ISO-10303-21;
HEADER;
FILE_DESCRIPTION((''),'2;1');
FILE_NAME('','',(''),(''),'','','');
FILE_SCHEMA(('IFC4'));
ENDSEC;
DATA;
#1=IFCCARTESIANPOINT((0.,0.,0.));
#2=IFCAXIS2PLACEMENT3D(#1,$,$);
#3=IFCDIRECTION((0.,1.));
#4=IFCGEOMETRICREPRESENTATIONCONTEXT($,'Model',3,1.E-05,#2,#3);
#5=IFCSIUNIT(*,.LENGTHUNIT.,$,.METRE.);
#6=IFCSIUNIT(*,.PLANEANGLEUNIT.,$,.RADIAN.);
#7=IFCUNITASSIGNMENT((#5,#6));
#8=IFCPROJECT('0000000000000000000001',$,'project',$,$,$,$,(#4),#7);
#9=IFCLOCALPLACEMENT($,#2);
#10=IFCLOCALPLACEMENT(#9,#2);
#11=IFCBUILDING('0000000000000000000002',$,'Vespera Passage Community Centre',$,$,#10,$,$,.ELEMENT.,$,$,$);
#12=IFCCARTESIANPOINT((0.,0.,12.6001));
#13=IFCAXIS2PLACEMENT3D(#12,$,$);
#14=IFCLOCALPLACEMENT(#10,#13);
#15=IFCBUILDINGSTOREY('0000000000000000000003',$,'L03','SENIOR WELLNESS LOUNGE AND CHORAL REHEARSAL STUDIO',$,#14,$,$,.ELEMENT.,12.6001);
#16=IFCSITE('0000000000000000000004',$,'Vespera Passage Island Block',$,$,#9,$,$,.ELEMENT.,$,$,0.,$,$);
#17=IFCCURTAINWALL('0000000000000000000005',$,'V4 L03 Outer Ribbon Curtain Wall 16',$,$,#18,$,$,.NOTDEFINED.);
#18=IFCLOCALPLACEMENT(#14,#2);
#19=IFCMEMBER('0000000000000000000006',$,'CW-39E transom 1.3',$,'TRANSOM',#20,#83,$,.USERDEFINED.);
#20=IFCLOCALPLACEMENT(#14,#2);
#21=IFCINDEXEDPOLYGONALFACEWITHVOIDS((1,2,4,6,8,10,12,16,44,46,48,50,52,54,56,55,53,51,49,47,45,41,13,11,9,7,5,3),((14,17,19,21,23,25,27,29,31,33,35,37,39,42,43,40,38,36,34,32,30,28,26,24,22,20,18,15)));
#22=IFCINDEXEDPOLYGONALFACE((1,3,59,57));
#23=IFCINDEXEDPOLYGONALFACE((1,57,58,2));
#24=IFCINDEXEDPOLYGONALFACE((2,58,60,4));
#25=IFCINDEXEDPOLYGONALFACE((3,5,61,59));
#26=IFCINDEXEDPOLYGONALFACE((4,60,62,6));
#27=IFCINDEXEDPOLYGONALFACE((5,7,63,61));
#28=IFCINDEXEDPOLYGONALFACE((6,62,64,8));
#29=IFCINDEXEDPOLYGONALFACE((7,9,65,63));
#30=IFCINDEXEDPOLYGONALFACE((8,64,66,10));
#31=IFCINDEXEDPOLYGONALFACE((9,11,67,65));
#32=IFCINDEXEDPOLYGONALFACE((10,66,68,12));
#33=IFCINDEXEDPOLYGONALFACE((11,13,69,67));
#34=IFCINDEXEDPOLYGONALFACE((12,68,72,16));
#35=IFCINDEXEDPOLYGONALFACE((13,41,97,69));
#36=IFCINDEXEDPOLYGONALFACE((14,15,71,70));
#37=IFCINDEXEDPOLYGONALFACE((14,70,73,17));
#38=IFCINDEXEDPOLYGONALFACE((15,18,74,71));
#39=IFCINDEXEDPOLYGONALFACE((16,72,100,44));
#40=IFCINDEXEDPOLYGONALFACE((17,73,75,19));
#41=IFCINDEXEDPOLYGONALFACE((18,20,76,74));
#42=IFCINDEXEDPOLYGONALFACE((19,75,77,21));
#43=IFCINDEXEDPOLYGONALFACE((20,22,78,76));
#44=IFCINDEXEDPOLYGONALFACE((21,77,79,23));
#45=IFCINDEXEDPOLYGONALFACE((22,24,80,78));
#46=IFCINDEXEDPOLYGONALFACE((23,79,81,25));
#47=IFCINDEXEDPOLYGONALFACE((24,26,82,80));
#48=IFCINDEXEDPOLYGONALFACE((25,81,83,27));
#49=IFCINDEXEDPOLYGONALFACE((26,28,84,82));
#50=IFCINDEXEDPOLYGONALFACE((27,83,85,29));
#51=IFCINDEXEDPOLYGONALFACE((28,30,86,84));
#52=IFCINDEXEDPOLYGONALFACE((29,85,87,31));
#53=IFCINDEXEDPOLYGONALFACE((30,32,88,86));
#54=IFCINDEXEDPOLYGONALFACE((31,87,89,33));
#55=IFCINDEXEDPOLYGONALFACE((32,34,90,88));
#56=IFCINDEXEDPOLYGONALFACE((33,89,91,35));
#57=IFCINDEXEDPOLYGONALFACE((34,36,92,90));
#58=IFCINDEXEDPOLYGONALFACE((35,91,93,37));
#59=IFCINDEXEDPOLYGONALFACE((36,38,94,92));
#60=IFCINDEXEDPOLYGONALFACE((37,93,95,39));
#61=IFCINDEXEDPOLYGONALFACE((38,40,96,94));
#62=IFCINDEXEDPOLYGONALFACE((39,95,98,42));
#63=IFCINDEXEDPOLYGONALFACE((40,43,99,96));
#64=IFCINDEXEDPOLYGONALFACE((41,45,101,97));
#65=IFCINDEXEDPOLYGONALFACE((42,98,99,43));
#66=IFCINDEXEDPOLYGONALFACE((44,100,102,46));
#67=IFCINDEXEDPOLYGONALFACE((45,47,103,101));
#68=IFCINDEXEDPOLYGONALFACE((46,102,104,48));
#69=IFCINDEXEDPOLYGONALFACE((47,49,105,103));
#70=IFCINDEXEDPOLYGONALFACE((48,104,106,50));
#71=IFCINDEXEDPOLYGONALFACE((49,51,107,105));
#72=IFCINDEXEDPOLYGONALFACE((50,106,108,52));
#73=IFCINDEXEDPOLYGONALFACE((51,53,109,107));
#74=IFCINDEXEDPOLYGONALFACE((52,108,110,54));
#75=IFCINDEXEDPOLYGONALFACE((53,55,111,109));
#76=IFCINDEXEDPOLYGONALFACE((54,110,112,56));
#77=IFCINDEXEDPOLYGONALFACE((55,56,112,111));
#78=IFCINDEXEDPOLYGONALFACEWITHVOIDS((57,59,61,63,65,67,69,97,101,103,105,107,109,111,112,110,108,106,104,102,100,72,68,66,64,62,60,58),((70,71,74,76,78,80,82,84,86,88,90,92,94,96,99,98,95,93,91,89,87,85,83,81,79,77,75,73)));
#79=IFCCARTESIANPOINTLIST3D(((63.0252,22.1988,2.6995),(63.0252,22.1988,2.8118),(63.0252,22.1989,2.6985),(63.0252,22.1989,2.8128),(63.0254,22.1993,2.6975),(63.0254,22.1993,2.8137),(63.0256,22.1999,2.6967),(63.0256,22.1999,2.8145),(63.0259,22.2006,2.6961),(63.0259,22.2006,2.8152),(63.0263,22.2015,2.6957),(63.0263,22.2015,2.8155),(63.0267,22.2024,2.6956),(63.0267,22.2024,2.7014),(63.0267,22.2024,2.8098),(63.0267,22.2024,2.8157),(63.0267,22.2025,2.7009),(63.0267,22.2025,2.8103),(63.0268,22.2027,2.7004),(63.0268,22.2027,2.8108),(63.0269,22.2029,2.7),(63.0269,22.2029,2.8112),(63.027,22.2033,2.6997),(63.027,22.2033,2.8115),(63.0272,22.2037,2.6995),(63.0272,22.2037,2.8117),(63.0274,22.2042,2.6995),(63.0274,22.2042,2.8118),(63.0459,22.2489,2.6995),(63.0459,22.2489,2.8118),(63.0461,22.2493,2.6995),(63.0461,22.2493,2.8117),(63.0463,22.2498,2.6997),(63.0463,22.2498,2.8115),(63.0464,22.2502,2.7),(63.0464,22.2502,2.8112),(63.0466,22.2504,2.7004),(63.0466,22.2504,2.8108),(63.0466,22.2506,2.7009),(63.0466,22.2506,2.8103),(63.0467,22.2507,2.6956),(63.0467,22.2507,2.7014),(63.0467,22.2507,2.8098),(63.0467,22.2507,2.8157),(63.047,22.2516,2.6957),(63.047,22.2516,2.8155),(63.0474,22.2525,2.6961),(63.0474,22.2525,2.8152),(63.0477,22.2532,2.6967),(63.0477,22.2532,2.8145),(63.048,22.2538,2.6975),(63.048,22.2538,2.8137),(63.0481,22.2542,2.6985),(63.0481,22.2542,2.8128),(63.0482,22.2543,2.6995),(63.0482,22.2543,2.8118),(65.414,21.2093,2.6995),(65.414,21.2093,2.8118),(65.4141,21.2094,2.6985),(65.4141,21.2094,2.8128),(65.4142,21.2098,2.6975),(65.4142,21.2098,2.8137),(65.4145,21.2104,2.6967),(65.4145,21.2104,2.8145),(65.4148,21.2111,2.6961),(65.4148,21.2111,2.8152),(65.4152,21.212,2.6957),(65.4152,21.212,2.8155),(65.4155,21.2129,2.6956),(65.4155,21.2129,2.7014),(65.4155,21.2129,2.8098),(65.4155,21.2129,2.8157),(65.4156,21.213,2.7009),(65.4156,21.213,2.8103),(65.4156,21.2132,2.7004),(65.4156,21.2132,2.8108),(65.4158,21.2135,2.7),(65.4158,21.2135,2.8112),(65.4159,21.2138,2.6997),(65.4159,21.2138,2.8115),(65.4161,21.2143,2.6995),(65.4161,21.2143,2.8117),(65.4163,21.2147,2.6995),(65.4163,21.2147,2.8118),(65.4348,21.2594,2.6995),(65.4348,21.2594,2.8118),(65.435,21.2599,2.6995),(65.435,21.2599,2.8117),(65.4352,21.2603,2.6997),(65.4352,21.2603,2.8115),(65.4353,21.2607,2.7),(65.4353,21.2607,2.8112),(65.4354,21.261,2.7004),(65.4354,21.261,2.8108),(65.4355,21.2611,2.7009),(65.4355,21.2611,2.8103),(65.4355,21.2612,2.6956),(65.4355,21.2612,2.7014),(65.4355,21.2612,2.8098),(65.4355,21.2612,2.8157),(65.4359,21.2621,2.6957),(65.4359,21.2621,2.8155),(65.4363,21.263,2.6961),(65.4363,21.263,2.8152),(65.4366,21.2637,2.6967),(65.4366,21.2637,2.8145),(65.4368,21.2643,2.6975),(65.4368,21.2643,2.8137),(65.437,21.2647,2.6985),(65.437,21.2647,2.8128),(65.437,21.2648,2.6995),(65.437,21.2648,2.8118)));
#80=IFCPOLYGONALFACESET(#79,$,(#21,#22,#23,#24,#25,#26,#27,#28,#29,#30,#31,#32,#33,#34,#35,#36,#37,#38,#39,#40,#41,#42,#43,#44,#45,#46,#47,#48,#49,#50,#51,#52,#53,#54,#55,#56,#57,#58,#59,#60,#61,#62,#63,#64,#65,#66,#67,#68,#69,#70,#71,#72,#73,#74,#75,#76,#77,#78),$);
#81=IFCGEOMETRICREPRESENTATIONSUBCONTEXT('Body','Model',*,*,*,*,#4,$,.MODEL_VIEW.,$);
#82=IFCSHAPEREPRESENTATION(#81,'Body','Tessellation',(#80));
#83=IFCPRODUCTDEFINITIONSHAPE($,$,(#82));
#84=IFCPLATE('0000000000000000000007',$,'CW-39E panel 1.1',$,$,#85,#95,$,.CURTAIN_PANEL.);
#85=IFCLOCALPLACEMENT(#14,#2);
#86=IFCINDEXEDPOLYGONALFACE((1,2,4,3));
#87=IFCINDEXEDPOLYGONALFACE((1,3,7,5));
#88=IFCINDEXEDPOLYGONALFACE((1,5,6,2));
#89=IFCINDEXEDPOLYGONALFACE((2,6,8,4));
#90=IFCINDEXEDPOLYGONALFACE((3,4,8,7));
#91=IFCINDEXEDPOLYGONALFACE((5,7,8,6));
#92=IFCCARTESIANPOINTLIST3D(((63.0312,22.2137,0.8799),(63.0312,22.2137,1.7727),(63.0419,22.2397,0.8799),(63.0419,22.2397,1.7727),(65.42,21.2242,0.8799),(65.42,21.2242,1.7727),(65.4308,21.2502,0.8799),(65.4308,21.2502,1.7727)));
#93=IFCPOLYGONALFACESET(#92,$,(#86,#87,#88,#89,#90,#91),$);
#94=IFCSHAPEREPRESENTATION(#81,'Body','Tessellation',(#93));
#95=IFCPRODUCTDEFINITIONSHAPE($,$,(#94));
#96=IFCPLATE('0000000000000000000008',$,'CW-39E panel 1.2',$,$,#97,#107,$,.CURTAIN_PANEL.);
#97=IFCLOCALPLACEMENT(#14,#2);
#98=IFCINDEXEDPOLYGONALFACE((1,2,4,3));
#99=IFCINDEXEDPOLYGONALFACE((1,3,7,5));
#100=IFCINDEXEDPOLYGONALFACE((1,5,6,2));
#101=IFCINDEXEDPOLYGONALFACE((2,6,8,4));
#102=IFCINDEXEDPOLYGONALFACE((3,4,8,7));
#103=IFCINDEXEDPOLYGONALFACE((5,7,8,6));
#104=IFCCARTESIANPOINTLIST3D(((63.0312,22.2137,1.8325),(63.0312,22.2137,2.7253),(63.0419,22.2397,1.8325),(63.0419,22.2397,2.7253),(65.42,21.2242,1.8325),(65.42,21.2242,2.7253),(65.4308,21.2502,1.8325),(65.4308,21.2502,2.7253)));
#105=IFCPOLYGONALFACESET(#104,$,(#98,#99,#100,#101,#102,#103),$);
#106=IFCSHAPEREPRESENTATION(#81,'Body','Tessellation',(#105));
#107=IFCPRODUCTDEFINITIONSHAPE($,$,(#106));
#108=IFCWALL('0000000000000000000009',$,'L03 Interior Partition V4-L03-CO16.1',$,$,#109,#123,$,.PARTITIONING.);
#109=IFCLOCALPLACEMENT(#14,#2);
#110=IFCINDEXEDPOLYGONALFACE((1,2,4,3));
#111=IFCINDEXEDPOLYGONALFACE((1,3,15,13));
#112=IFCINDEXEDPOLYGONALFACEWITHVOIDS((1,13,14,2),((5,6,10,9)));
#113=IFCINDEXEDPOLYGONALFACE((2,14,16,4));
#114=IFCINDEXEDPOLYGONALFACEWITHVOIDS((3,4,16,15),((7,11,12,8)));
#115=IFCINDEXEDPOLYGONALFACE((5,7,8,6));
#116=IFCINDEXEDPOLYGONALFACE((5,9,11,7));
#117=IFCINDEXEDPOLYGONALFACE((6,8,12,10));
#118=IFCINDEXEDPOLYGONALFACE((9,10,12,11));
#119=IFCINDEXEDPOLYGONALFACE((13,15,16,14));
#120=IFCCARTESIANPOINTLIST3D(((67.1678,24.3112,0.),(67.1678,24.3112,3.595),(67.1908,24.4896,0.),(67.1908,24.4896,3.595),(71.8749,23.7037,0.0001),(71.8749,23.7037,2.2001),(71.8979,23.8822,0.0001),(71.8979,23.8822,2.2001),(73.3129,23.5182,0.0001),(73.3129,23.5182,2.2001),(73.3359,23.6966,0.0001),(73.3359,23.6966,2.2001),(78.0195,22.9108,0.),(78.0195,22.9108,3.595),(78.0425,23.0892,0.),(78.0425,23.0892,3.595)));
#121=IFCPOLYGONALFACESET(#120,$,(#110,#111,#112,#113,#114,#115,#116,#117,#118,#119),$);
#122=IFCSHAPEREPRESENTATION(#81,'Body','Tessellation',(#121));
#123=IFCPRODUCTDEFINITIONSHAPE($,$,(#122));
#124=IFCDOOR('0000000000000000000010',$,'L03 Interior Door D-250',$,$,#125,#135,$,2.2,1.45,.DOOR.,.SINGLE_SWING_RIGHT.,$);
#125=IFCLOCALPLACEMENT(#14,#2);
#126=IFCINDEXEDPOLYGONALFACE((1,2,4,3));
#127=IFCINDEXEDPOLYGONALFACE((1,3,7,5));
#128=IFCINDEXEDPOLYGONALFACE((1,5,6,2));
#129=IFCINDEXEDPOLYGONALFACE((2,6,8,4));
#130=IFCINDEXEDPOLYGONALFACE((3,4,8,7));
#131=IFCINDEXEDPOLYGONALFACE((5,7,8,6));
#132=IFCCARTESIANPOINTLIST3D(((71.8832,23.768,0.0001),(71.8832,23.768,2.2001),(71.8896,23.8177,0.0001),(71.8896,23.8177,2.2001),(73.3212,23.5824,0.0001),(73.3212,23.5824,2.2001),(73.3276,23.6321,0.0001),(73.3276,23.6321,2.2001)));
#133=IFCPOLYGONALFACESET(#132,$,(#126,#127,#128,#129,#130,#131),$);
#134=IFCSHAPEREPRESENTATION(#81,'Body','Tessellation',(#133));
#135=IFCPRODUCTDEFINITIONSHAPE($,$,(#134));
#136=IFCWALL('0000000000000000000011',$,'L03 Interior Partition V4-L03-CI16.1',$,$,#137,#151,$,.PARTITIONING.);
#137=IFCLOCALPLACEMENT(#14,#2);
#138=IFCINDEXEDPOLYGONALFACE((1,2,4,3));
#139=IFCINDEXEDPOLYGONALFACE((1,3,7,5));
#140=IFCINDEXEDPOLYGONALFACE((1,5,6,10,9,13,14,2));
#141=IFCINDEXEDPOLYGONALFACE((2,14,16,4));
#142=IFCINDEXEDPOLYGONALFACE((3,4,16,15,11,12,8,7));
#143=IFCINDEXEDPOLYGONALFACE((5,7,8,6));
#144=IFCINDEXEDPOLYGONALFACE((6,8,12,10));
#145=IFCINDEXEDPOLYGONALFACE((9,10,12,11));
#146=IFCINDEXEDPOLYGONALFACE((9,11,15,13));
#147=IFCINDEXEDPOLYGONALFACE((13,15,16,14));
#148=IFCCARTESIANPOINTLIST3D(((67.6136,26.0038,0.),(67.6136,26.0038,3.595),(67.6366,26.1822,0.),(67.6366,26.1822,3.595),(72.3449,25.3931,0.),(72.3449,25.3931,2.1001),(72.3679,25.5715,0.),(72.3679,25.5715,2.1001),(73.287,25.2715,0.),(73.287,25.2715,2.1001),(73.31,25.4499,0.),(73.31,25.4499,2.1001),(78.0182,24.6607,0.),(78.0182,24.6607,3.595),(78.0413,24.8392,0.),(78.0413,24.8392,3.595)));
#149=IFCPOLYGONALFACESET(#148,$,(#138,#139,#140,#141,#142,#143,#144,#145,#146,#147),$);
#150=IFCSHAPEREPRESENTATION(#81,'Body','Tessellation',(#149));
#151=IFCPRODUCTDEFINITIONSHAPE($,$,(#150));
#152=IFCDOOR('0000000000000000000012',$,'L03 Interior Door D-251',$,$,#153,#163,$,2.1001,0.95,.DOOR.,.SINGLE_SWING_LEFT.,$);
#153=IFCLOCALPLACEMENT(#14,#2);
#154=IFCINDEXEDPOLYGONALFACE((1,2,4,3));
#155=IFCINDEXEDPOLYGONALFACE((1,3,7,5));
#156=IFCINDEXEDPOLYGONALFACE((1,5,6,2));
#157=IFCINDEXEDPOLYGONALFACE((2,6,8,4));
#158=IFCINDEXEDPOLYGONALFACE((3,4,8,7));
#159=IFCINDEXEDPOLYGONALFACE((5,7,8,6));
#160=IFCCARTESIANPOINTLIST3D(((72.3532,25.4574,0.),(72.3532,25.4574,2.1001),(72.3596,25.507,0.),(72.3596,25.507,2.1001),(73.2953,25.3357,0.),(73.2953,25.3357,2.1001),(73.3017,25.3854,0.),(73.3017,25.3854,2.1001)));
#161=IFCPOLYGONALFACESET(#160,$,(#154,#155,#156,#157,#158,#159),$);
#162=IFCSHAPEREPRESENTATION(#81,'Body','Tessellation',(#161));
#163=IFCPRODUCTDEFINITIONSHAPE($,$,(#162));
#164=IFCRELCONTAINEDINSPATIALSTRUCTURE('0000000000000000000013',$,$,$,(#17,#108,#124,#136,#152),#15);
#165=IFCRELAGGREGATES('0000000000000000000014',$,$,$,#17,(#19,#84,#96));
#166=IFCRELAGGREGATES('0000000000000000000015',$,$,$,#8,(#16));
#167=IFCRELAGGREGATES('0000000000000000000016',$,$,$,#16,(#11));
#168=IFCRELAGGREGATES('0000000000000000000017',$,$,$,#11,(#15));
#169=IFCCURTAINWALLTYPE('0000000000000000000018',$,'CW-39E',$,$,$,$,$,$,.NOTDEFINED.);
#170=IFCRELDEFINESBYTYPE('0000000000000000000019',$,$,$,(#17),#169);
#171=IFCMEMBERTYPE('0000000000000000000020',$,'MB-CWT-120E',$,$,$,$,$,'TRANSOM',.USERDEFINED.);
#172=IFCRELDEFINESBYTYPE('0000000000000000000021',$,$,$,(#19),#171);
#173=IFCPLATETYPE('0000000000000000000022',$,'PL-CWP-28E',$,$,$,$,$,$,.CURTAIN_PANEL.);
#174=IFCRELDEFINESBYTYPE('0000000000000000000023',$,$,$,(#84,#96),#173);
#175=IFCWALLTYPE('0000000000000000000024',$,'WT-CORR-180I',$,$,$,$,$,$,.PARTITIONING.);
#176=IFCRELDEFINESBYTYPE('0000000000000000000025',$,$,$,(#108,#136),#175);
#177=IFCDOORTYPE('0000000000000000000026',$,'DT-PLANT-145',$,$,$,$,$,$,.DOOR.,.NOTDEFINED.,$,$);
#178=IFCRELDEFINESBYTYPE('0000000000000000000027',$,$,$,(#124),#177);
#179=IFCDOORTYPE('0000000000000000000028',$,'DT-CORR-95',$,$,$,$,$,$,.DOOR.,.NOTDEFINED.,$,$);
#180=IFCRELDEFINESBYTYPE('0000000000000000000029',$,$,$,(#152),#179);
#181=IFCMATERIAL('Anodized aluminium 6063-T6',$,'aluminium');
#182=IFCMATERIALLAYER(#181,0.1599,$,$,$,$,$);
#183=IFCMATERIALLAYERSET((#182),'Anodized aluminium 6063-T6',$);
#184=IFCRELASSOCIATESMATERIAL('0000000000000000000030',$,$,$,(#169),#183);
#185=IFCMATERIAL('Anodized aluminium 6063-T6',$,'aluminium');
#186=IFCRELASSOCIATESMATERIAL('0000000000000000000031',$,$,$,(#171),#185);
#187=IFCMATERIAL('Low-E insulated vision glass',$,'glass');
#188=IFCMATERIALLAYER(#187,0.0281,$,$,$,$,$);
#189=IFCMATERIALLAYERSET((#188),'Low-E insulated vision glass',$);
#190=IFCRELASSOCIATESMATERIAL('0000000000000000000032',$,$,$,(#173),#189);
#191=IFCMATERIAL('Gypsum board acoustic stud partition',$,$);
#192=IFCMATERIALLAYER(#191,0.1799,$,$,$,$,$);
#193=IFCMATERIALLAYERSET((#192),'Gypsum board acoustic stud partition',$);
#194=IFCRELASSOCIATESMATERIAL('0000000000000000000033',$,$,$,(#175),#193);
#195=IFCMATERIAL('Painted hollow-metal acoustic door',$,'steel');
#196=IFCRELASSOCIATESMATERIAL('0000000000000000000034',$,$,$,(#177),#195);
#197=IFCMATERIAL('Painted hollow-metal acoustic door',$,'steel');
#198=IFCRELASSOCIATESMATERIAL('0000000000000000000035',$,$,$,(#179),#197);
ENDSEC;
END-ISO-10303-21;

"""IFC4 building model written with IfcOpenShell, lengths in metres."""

from ifc_helpers import new_model, si_unit, direction, frame, frame_2d, origin, origin_2d, place, context, subcontext, project, spatial, rectangle, hollow_rectangle, extrude, material, layer, layer_set, material_profile, profile_set, type_object, element, fill, aggregate, save


model = new_model("IFC4")

# Units and contexts
model_context = context("Model", 3, precision=1e-05, world=origin(), true_north=direction((0.0, 1.0)))
body_context = subcontext(model_context, "Body", "Model", "MODEL_VIEW")
ifc_project = project(units=[si_unit("LENGTHUNIT", "METRE"), si_unit("PLANEANGLEUNIT", "RADIAN")], contexts=[model_context])

# Site, building, storey
site_placement = place(None, origin())
site = spatial("IfcSite", under=ifc_project, at=site_placement, Name="Vespera Passage Island Block", CompositionType="ELEMENT", RefElevation=0.0)
building_placement = place(site_placement, origin())
building = spatial("IfcBuilding", under=site, at=building_placement, Name="Vespera Passage Community Centre", CompositionType="ELEMENT")
storey_placement = place(building_placement, frame((0.0, 0.0, 12.6001)))
storey = spatial("IfcBuildingStorey", under=building, at=storey_placement, Name="L03", Description="SENIOR WELLNESS LOUNGE AND CHORAL REHEARSAL STUDIO", CompositionType="ELEMENT", Elevation=12.6001)

# Curtain wall, member, plates
ifc_material_1 = material(Name="Anodized aluminium 6063-T6", Category="aluminium")
ifc_layer_1 = layer(ifc_material_1, 0.1599)
ifc_layer_set_1 = layer_set([ifc_layer_1], Name="Anodized aluminium 6063-T6")
curtain_wall_type = type_object("IfcCurtainWallType", Name="CW-39E", PredefinedType="NOTDEFINED", material=ifc_layer_set_1)
curtain_wall_placement = place(storey_placement, origin())
curtain_wall = element("IfcCurtainWall", 1, at=curtain_wall_placement, inside=storey, type_object=curtain_wall_type, Name="V4 L03 Outer Ribbon Curtain Wall 16", PredefinedType="NOTDEFINED")
ifc_material_2 = material(Name="Anodized aluminium 6063-T6", Category="aluminium")
ifc_material_profile_1 = material_profile(ifc_material_2, hollow_rectangle(XDim=0.0601, YDim=0.1201, WallThickness=0.0039, InnerFilletRadius=0.002, OuterFilletRadius=0.0039, at=origin_2d()), Name="ALU120X60X4")
ifc_profile_set_1 = profile_set([ifc_material_profile_1], Name="Anodized aluminium 6063-T6")
member_type_1 = type_object("IfcMemberType", Name="MB-CWT-120E", ElementType="TRANSOM", PredefinedType="USERDEFINED", material=ifc_profile_set_1)
member_1_placement = place(storey_placement, frame((65.4255, 21.2371, 2.7556), z_axis=(-0.923882, 0.382677, 0.0), x_axis=(-0.382677, -0.923882, 0.0)))
member_1 = element("IfcMember", 2, at=member_1_placement, type_object=member_type_1, Name="CW-39E transom 1.3", ObjectType="TRANSOM", PredefinedType="USERDEFINED", context=body_context, shape_type="SweptSolid", body=[
    extrude(hollow_rectangle(XDim=0.0601, YDim=0.1201, WallThickness=0.0039, InnerFilletRadius=0.002, OuterFilletRadius=0.0039, at=origin_2d()), origin(), (0.0, 0.0, 1.0), 2.5857),
])
ifc_material_3 = material(Name="Low-E insulated vision glass", Category="glass")
ifc_layer_2 = layer(ifc_material_3, 0.0281)
ifc_layer_set_2 = layer_set([ifc_layer_2], Name="Low-E insulated vision glass")
plate_type = type_object("IfcPlateType", Name="PL-CWP-28E", PredefinedType="CURTAIN_PANEL", material=ifc_layer_set_2)
plate_1_placement = place(storey_placement, frame((64.231, 21.7319, 0.8799), z_axis=(0.0, 0.0, 1.0), x_axis=(-0.92388, 0.382683, 0.0)))
plate_1 = element("IfcPlate", 3, at=plate_1_placement, type_object=plate_type, Name="CW-39E panel 1.1", PredefinedType="CURTAIN_PANEL", context=body_context, shape_type="SweptSolid", body=[
    extrude(rectangle(XDim=2.5857, YDim=0.0281, at=origin_2d()), origin(), (0.0, 0.0, 1.0), 0.8928),
])
plate_2_placement = place(storey_placement, frame((64.231, 21.7319, 1.8325), z_axis=(0.0, 0.0, 1.0), x_axis=(-0.92388, 0.382683, 0.0)))
plate_2 = element("IfcPlate", 4, at=plate_2_placement, type_object=plate_type, Name="CW-39E panel 1.2", PredefinedType="CURTAIN_PANEL", context=body_context, shape_type="SweptSolid", body=[
    extrude(rectangle(XDim=2.5857, YDim=0.0281, at=origin_2d()), origin(), (0.0, 0.0, 1.0), 0.8928),
])
aggregate(curtain_wall, [member_1, plate_1, plate_2])

# Walls, openings, doors
ifc_material_4 = material(Name="Gypsum board acoustic stud partition")
ifc_layer_3 = layer(ifc_material_4, 0.1799)
ifc_layer_set_3 = layer_set([ifc_layer_3], Name="Gypsum board acoustic stud partition")
wall_type_1 = type_object("IfcWallType", Name="WT-CORR-180I", PredefinedType="PARTITIONING", material=ifc_layer_set_3)
wall_1_placement = place(storey_placement, frame((67.1794, 24.4004, 0.0), z_axis=(0.0, 0.0, 1.0), x_axis=(0.991776, -0.127988, 0.0)))
wall_1 = element("IfcWall", 5, at=wall_1_placement, inside=storey, type_object=wall_type_1, Name="L03 Interior Partition V4-L03-CO16.1", PredefinedType="PARTITIONING", context=body_context, shape_type="SweptSolid", body=[
    extrude(rectangle(XDim=10.9417, YDim=0.1799, at=frame_2d((5.4707, 0.0))), origin(), (0.0, 0.0, 1.0), 3.595),
])
opening_1_placement = place(wall_1_placement, frame((4.7458, 0.0, 0.0)))
opening_1 = element("IfcOpeningElement", 6, at=opening_1_placement, cuts=wall_1, PredefinedType="OPENING", context=body_context, shape_type="SweptSolid", body=[
    extrude(rectangle(XDim=1.45, YDim=2.2, at=frame_2d((0.7251, 1.1001))), frame((0.0, 0.0999, 0.0), z_axis=(0.0, -1.0, 0.0), x_axis=(1.0, 0.0, 0.0)), (0.0, 0.0, 1.0), 0.2),
])
ifc_material_5 = material(Name="Painted hollow-metal acoustic door", Category="steel")
door_type_1 = type_object("IfcDoorType", Name="DT-PLANT-145", OperationType="NOTDEFINED", PredefinedType="DOOR", material=ifc_material_5)
door_1_placement = place(opening_1_placement, origin())
door_1 = element("IfcDoor", 7, at=door_1_placement, inside=storey, type_object=door_type_1, Name="L03 Interior Door D-250", OperationType="SINGLE_SWING_RIGHT", OverallHeight=2.2, OverallWidth=1.45, PredefinedType="DOOR", context=body_context, shape_type="SweptSolid", body=[
    extrude(rectangle(XDim=1.45, YDim=2.2, at=frame_2d((0.7251, 1.1001))), frame((0.0, 0.0249, 0.0), z_axis=(0.0, -1.0, 0.0), x_axis=(1.0, 0.0, 0.0)), (0.0, 0.0, 1.0), 0.05),
])
fill(opening_1, door_1)
wall_2_placement = place(storey_placement, frame((67.625, 26.093, 0.0), z_axis=(0.0, 0.0, 1.0), x_axis=(0.991772, -0.128018, 0.0)))
wall_2 = element("IfcWall", 8, at=wall_2_placement, inside=storey, type_object=wall_type_1, Name="L03 Interior Partition V4-L03-CI16.1", PredefinedType="PARTITIONING", context=body_context, shape_type="SweptSolid", body=[
    extrude(rectangle(XDim=10.491, YDim=0.1799, at=frame_2d((5.2456, 0.0))), origin(), (0.0, 0.0, 1.0), 3.595),
])
opening_2_placement = place(wall_2_placement, frame((4.7705, 0.0, 0.0)))
opening_2 = element("IfcOpeningElement", 9, at=opening_2_placement, cuts=wall_2, PredefinedType="OPENING", context=body_context, shape_type="SweptSolid", body=[
    extrude(rectangle(XDim=0.95, YDim=2.1001, at=frame_2d((0.4751, 1.05))), frame((0.0, 0.0999, 0.0), z_axis=(0.0, -1.0, 0.0), x_axis=(1.0, 0.0, 0.0)), (0.0, 0.0, 1.0), 0.2),
])
ifc_material_6 = material(Name="Painted hollow-metal acoustic door", Category="steel")
door_type_2 = type_object("IfcDoorType", Name="DT-CORR-95", OperationType="NOTDEFINED", PredefinedType="DOOR", material=ifc_material_6)
door_2_placement = place(opening_2_placement, origin())
door_2 = element("IfcDoor", 10, at=door_2_placement, inside=storey, type_object=door_type_2, Name="L03 Interior Door D-251", OperationType="SINGLE_SWING_LEFT", OverallHeight=2.1001, OverallWidth=0.95, PredefinedType="DOOR", context=body_context, shape_type="SweptSolid", body=[
    extrude(rectangle(XDim=0.95, YDim=2.1001, at=frame_2d((0.4751, 1.05))), frame((0.0, 0.0249, 0.0), z_axis=(0.0, -1.0, 0.0), x_axis=(1.0, 0.0, 0.0)), (0.0, 0.0, 1.0), 0.05),
])
fill(opening_2, door_2)

save(model, "model.ifc")
